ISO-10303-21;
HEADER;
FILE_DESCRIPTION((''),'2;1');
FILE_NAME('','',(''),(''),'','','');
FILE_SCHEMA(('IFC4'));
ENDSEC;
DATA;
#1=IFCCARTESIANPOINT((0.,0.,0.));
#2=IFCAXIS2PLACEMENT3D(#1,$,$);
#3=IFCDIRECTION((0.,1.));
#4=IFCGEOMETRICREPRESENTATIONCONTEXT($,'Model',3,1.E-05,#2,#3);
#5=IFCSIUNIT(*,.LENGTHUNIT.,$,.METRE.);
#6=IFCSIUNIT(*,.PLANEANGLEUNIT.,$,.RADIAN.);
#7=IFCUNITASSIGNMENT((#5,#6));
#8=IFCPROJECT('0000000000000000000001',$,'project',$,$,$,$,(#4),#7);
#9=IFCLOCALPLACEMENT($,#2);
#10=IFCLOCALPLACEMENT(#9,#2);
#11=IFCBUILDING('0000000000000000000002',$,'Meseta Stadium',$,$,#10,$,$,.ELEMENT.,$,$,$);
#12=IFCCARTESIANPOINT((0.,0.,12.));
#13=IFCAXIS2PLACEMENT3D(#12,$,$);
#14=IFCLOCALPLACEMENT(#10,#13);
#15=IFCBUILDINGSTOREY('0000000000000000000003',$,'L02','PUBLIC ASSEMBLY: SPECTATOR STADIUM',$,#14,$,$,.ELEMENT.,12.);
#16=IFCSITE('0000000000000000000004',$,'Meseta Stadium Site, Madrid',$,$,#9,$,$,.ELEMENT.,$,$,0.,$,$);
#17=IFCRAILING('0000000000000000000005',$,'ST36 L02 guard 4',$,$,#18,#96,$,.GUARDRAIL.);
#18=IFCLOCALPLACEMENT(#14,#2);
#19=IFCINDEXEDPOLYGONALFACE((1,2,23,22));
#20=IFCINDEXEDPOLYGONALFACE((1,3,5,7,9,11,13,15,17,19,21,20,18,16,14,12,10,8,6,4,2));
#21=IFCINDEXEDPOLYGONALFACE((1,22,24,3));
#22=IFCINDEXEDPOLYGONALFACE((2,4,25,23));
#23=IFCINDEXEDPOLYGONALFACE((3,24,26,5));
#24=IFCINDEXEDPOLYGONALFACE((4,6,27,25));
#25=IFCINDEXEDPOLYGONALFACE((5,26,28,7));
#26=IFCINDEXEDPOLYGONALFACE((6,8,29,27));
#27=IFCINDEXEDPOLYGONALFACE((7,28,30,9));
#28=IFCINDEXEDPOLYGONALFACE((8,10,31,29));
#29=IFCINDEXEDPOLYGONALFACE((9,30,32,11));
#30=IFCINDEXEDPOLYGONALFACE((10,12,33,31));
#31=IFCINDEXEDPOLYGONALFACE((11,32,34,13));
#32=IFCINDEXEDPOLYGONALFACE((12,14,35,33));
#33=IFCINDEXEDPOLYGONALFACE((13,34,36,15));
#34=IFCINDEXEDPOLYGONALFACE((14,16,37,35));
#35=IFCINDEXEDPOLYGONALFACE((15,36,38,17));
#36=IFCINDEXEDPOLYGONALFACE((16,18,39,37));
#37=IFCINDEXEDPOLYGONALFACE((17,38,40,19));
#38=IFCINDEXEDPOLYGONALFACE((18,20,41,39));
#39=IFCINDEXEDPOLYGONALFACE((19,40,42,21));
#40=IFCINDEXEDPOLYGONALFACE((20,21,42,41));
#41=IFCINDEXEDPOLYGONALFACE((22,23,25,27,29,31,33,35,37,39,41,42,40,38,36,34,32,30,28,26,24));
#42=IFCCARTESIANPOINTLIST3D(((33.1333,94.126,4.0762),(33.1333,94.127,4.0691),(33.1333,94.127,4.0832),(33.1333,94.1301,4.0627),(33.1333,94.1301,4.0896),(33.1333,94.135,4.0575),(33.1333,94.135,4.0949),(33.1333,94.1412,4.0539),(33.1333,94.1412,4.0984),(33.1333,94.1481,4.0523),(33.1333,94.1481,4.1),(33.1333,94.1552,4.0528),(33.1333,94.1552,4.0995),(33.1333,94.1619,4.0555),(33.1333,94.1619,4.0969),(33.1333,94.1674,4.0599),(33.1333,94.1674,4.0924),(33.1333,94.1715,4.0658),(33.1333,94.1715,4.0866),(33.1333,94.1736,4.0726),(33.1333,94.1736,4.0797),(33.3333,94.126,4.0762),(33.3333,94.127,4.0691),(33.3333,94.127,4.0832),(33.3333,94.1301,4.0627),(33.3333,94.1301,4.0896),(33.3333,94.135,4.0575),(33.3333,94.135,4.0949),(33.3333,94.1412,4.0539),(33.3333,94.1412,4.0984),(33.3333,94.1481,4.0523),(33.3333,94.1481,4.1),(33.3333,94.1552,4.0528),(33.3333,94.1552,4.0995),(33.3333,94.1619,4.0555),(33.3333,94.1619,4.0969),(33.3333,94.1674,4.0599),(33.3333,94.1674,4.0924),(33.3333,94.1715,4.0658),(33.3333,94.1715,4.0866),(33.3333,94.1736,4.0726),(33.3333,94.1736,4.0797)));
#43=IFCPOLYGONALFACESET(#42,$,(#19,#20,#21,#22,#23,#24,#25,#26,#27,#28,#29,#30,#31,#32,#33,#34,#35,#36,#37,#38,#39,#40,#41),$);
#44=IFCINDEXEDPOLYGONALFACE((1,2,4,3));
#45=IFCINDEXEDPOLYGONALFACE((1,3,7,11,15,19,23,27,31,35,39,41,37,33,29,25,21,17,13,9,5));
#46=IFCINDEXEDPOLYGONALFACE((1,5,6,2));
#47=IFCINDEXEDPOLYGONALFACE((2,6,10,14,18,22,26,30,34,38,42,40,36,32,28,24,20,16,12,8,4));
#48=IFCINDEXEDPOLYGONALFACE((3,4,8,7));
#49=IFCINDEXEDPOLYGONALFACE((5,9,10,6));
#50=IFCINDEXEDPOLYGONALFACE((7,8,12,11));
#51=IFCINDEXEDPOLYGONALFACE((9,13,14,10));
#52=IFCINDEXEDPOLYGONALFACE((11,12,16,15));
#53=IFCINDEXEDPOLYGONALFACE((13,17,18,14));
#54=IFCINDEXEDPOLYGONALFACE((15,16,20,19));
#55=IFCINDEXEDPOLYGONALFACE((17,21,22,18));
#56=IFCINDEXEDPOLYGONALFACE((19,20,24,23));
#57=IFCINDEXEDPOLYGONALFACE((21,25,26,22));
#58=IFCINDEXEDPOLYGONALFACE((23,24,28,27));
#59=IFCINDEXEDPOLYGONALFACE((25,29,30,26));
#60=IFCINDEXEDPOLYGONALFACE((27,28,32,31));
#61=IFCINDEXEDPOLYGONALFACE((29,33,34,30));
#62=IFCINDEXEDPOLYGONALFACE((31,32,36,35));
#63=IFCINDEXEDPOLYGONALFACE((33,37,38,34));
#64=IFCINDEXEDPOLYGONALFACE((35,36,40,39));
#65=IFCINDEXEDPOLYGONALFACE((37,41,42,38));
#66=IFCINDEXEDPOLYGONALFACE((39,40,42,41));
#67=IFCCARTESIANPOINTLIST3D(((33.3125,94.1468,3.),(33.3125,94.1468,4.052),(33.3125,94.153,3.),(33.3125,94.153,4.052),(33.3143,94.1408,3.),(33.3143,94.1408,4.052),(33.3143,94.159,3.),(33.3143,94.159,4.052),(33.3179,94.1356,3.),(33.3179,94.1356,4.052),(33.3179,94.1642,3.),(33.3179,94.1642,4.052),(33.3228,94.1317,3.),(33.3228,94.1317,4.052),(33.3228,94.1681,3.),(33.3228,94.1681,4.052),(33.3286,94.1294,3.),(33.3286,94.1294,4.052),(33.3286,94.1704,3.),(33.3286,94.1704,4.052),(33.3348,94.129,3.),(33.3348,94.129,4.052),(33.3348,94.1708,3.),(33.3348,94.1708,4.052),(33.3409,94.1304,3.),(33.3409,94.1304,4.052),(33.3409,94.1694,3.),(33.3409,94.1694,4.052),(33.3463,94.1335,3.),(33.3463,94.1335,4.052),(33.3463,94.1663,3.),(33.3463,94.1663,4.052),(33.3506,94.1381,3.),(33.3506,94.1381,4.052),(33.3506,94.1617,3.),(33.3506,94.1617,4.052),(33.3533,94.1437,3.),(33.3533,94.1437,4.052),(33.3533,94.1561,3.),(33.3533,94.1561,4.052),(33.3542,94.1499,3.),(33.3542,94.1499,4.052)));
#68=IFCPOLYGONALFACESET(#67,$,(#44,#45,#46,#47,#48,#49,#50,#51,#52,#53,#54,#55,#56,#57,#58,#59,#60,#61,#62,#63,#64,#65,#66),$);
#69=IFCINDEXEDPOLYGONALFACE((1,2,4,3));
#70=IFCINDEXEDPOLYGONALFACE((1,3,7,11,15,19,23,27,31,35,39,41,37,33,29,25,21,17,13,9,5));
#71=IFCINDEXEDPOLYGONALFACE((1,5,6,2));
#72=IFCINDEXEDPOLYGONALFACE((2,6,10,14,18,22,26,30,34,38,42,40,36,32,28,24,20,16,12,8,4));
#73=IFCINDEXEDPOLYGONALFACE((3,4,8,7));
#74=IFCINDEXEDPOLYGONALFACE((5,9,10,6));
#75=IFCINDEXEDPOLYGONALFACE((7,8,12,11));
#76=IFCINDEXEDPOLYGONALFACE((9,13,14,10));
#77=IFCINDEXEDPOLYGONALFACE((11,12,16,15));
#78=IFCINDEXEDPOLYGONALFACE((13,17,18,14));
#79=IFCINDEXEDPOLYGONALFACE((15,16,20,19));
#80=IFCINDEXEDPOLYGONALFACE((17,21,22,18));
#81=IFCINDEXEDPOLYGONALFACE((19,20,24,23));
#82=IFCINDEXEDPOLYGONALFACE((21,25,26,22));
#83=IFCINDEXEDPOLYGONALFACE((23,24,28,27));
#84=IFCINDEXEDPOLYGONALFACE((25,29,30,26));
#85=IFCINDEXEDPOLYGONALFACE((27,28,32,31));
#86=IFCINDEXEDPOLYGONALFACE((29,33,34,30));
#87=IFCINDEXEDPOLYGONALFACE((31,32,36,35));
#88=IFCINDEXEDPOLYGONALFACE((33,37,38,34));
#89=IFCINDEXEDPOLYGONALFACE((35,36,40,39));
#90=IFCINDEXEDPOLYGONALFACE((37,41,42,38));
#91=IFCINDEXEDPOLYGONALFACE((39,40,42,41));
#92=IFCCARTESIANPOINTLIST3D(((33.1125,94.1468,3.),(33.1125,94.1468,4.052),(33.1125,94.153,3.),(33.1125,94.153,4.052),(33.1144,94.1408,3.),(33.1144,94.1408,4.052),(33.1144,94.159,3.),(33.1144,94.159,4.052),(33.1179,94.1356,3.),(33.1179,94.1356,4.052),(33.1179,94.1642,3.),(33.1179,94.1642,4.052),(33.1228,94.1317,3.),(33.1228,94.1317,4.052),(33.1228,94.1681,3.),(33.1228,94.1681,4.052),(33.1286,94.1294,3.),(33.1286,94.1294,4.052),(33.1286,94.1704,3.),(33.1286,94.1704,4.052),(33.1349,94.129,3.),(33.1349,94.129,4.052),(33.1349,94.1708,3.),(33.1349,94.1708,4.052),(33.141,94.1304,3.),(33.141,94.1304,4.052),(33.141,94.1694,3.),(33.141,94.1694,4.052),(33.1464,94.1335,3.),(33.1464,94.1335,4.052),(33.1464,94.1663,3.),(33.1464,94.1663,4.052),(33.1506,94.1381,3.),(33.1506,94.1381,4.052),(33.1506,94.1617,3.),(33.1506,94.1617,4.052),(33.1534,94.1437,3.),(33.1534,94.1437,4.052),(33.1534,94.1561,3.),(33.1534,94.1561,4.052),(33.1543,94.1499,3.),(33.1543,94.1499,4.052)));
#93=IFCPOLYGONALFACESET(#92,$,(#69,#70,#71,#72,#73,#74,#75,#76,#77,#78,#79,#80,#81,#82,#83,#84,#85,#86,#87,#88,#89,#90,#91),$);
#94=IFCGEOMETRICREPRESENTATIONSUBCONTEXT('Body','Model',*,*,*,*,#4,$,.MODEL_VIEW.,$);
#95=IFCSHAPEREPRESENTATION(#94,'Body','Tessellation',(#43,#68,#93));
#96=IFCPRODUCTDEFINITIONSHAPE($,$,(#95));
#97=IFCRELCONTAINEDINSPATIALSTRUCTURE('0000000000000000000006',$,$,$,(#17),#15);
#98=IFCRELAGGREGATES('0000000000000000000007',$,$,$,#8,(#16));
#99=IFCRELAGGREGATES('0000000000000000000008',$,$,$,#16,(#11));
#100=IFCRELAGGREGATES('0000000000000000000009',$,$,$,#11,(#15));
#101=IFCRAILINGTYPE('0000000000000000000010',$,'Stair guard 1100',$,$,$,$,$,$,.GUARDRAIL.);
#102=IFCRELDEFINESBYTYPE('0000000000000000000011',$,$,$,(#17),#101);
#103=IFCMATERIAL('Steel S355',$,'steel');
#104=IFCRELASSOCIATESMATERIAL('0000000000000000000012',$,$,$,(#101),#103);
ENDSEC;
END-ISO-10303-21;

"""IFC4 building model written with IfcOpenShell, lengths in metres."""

from ifc_helpers import new_model, si_unit, direction, frame, origin, origin_2d, place, context, subcontext, project, spatial, circle, extrude, material, type_object, element, save


model = new_model("IFC4")

# Units and contexts
model_context = context("Model", 3, precision=1e-05, world=origin(), true_north=direction((0.0, 1.0)))
body_context = subcontext(model_context, "Body", "Model", "MODEL_VIEW")
ifc_project = project(units=[si_unit("LENGTHUNIT", "METRE"), si_unit("PLANEANGLEUNIT", "RADIAN")], contexts=[model_context])

# Site, building, storey
site_placement = place(None, origin())
site = spatial("IfcSite", under=ifc_project, at=site_placement, Name="Meseta Stadium Site, Madrid", CompositionType="ELEMENT", RefElevation=0.0)
building_placement = place(site_placement, origin())
building = spatial("IfcBuilding", under=site, at=building_placement, Name="Meseta Stadium", CompositionType="ELEMENT")
storey_placement = place(building_placement, frame((0.0, 0.0, 12.0)))
storey = spatial("IfcBuildingStorey", under=building, at=storey_placement, Name="L02", Description="PUBLIC ASSEMBLY: SPECTATOR STADIUM", CompositionType="ELEMENT", Elevation=12.0)

# Railing
ifc_material_1 = material(Name="Steel S355", Category="steel")
railing_type_1 = type_object("IfcRailingType", Name="Stair guard 1100", PredefinedType="GUARDRAIL", material=ifc_material_1)
railing_1_placement = place(storey_placement, frame((33.3333, 94.1499, 3.0)))
element("IfcRailing", 1, at=railing_1_placement, inside=storey, type_object=railing_type_1, Name="ST36 L02 guard 4", PredefinedType="GUARDRAIL", context=body_context, shape_type="SweptSolid", body=[
    extrude(circle(Radius=0.0239, at=origin_2d()), frame((0.0, 0.0, 1.0762), z_axis=(-1.0, 0.0, 0.0), x_axis=(0.0, -1.0, 0.0)), (0.0, 0.0, 1.0), 0.2),
    extrude(circle(Radius=0.021, at=origin_2d()), origin(), (0.0, 0.0, 1.0), 1.052),
    extrude(circle(Radius=0.021, at=origin_2d()), frame((-0.2, 0.0, 0.0)), (0.0, 0.0, 1.0), 1.052),
])

save(model, "model.ifc")
